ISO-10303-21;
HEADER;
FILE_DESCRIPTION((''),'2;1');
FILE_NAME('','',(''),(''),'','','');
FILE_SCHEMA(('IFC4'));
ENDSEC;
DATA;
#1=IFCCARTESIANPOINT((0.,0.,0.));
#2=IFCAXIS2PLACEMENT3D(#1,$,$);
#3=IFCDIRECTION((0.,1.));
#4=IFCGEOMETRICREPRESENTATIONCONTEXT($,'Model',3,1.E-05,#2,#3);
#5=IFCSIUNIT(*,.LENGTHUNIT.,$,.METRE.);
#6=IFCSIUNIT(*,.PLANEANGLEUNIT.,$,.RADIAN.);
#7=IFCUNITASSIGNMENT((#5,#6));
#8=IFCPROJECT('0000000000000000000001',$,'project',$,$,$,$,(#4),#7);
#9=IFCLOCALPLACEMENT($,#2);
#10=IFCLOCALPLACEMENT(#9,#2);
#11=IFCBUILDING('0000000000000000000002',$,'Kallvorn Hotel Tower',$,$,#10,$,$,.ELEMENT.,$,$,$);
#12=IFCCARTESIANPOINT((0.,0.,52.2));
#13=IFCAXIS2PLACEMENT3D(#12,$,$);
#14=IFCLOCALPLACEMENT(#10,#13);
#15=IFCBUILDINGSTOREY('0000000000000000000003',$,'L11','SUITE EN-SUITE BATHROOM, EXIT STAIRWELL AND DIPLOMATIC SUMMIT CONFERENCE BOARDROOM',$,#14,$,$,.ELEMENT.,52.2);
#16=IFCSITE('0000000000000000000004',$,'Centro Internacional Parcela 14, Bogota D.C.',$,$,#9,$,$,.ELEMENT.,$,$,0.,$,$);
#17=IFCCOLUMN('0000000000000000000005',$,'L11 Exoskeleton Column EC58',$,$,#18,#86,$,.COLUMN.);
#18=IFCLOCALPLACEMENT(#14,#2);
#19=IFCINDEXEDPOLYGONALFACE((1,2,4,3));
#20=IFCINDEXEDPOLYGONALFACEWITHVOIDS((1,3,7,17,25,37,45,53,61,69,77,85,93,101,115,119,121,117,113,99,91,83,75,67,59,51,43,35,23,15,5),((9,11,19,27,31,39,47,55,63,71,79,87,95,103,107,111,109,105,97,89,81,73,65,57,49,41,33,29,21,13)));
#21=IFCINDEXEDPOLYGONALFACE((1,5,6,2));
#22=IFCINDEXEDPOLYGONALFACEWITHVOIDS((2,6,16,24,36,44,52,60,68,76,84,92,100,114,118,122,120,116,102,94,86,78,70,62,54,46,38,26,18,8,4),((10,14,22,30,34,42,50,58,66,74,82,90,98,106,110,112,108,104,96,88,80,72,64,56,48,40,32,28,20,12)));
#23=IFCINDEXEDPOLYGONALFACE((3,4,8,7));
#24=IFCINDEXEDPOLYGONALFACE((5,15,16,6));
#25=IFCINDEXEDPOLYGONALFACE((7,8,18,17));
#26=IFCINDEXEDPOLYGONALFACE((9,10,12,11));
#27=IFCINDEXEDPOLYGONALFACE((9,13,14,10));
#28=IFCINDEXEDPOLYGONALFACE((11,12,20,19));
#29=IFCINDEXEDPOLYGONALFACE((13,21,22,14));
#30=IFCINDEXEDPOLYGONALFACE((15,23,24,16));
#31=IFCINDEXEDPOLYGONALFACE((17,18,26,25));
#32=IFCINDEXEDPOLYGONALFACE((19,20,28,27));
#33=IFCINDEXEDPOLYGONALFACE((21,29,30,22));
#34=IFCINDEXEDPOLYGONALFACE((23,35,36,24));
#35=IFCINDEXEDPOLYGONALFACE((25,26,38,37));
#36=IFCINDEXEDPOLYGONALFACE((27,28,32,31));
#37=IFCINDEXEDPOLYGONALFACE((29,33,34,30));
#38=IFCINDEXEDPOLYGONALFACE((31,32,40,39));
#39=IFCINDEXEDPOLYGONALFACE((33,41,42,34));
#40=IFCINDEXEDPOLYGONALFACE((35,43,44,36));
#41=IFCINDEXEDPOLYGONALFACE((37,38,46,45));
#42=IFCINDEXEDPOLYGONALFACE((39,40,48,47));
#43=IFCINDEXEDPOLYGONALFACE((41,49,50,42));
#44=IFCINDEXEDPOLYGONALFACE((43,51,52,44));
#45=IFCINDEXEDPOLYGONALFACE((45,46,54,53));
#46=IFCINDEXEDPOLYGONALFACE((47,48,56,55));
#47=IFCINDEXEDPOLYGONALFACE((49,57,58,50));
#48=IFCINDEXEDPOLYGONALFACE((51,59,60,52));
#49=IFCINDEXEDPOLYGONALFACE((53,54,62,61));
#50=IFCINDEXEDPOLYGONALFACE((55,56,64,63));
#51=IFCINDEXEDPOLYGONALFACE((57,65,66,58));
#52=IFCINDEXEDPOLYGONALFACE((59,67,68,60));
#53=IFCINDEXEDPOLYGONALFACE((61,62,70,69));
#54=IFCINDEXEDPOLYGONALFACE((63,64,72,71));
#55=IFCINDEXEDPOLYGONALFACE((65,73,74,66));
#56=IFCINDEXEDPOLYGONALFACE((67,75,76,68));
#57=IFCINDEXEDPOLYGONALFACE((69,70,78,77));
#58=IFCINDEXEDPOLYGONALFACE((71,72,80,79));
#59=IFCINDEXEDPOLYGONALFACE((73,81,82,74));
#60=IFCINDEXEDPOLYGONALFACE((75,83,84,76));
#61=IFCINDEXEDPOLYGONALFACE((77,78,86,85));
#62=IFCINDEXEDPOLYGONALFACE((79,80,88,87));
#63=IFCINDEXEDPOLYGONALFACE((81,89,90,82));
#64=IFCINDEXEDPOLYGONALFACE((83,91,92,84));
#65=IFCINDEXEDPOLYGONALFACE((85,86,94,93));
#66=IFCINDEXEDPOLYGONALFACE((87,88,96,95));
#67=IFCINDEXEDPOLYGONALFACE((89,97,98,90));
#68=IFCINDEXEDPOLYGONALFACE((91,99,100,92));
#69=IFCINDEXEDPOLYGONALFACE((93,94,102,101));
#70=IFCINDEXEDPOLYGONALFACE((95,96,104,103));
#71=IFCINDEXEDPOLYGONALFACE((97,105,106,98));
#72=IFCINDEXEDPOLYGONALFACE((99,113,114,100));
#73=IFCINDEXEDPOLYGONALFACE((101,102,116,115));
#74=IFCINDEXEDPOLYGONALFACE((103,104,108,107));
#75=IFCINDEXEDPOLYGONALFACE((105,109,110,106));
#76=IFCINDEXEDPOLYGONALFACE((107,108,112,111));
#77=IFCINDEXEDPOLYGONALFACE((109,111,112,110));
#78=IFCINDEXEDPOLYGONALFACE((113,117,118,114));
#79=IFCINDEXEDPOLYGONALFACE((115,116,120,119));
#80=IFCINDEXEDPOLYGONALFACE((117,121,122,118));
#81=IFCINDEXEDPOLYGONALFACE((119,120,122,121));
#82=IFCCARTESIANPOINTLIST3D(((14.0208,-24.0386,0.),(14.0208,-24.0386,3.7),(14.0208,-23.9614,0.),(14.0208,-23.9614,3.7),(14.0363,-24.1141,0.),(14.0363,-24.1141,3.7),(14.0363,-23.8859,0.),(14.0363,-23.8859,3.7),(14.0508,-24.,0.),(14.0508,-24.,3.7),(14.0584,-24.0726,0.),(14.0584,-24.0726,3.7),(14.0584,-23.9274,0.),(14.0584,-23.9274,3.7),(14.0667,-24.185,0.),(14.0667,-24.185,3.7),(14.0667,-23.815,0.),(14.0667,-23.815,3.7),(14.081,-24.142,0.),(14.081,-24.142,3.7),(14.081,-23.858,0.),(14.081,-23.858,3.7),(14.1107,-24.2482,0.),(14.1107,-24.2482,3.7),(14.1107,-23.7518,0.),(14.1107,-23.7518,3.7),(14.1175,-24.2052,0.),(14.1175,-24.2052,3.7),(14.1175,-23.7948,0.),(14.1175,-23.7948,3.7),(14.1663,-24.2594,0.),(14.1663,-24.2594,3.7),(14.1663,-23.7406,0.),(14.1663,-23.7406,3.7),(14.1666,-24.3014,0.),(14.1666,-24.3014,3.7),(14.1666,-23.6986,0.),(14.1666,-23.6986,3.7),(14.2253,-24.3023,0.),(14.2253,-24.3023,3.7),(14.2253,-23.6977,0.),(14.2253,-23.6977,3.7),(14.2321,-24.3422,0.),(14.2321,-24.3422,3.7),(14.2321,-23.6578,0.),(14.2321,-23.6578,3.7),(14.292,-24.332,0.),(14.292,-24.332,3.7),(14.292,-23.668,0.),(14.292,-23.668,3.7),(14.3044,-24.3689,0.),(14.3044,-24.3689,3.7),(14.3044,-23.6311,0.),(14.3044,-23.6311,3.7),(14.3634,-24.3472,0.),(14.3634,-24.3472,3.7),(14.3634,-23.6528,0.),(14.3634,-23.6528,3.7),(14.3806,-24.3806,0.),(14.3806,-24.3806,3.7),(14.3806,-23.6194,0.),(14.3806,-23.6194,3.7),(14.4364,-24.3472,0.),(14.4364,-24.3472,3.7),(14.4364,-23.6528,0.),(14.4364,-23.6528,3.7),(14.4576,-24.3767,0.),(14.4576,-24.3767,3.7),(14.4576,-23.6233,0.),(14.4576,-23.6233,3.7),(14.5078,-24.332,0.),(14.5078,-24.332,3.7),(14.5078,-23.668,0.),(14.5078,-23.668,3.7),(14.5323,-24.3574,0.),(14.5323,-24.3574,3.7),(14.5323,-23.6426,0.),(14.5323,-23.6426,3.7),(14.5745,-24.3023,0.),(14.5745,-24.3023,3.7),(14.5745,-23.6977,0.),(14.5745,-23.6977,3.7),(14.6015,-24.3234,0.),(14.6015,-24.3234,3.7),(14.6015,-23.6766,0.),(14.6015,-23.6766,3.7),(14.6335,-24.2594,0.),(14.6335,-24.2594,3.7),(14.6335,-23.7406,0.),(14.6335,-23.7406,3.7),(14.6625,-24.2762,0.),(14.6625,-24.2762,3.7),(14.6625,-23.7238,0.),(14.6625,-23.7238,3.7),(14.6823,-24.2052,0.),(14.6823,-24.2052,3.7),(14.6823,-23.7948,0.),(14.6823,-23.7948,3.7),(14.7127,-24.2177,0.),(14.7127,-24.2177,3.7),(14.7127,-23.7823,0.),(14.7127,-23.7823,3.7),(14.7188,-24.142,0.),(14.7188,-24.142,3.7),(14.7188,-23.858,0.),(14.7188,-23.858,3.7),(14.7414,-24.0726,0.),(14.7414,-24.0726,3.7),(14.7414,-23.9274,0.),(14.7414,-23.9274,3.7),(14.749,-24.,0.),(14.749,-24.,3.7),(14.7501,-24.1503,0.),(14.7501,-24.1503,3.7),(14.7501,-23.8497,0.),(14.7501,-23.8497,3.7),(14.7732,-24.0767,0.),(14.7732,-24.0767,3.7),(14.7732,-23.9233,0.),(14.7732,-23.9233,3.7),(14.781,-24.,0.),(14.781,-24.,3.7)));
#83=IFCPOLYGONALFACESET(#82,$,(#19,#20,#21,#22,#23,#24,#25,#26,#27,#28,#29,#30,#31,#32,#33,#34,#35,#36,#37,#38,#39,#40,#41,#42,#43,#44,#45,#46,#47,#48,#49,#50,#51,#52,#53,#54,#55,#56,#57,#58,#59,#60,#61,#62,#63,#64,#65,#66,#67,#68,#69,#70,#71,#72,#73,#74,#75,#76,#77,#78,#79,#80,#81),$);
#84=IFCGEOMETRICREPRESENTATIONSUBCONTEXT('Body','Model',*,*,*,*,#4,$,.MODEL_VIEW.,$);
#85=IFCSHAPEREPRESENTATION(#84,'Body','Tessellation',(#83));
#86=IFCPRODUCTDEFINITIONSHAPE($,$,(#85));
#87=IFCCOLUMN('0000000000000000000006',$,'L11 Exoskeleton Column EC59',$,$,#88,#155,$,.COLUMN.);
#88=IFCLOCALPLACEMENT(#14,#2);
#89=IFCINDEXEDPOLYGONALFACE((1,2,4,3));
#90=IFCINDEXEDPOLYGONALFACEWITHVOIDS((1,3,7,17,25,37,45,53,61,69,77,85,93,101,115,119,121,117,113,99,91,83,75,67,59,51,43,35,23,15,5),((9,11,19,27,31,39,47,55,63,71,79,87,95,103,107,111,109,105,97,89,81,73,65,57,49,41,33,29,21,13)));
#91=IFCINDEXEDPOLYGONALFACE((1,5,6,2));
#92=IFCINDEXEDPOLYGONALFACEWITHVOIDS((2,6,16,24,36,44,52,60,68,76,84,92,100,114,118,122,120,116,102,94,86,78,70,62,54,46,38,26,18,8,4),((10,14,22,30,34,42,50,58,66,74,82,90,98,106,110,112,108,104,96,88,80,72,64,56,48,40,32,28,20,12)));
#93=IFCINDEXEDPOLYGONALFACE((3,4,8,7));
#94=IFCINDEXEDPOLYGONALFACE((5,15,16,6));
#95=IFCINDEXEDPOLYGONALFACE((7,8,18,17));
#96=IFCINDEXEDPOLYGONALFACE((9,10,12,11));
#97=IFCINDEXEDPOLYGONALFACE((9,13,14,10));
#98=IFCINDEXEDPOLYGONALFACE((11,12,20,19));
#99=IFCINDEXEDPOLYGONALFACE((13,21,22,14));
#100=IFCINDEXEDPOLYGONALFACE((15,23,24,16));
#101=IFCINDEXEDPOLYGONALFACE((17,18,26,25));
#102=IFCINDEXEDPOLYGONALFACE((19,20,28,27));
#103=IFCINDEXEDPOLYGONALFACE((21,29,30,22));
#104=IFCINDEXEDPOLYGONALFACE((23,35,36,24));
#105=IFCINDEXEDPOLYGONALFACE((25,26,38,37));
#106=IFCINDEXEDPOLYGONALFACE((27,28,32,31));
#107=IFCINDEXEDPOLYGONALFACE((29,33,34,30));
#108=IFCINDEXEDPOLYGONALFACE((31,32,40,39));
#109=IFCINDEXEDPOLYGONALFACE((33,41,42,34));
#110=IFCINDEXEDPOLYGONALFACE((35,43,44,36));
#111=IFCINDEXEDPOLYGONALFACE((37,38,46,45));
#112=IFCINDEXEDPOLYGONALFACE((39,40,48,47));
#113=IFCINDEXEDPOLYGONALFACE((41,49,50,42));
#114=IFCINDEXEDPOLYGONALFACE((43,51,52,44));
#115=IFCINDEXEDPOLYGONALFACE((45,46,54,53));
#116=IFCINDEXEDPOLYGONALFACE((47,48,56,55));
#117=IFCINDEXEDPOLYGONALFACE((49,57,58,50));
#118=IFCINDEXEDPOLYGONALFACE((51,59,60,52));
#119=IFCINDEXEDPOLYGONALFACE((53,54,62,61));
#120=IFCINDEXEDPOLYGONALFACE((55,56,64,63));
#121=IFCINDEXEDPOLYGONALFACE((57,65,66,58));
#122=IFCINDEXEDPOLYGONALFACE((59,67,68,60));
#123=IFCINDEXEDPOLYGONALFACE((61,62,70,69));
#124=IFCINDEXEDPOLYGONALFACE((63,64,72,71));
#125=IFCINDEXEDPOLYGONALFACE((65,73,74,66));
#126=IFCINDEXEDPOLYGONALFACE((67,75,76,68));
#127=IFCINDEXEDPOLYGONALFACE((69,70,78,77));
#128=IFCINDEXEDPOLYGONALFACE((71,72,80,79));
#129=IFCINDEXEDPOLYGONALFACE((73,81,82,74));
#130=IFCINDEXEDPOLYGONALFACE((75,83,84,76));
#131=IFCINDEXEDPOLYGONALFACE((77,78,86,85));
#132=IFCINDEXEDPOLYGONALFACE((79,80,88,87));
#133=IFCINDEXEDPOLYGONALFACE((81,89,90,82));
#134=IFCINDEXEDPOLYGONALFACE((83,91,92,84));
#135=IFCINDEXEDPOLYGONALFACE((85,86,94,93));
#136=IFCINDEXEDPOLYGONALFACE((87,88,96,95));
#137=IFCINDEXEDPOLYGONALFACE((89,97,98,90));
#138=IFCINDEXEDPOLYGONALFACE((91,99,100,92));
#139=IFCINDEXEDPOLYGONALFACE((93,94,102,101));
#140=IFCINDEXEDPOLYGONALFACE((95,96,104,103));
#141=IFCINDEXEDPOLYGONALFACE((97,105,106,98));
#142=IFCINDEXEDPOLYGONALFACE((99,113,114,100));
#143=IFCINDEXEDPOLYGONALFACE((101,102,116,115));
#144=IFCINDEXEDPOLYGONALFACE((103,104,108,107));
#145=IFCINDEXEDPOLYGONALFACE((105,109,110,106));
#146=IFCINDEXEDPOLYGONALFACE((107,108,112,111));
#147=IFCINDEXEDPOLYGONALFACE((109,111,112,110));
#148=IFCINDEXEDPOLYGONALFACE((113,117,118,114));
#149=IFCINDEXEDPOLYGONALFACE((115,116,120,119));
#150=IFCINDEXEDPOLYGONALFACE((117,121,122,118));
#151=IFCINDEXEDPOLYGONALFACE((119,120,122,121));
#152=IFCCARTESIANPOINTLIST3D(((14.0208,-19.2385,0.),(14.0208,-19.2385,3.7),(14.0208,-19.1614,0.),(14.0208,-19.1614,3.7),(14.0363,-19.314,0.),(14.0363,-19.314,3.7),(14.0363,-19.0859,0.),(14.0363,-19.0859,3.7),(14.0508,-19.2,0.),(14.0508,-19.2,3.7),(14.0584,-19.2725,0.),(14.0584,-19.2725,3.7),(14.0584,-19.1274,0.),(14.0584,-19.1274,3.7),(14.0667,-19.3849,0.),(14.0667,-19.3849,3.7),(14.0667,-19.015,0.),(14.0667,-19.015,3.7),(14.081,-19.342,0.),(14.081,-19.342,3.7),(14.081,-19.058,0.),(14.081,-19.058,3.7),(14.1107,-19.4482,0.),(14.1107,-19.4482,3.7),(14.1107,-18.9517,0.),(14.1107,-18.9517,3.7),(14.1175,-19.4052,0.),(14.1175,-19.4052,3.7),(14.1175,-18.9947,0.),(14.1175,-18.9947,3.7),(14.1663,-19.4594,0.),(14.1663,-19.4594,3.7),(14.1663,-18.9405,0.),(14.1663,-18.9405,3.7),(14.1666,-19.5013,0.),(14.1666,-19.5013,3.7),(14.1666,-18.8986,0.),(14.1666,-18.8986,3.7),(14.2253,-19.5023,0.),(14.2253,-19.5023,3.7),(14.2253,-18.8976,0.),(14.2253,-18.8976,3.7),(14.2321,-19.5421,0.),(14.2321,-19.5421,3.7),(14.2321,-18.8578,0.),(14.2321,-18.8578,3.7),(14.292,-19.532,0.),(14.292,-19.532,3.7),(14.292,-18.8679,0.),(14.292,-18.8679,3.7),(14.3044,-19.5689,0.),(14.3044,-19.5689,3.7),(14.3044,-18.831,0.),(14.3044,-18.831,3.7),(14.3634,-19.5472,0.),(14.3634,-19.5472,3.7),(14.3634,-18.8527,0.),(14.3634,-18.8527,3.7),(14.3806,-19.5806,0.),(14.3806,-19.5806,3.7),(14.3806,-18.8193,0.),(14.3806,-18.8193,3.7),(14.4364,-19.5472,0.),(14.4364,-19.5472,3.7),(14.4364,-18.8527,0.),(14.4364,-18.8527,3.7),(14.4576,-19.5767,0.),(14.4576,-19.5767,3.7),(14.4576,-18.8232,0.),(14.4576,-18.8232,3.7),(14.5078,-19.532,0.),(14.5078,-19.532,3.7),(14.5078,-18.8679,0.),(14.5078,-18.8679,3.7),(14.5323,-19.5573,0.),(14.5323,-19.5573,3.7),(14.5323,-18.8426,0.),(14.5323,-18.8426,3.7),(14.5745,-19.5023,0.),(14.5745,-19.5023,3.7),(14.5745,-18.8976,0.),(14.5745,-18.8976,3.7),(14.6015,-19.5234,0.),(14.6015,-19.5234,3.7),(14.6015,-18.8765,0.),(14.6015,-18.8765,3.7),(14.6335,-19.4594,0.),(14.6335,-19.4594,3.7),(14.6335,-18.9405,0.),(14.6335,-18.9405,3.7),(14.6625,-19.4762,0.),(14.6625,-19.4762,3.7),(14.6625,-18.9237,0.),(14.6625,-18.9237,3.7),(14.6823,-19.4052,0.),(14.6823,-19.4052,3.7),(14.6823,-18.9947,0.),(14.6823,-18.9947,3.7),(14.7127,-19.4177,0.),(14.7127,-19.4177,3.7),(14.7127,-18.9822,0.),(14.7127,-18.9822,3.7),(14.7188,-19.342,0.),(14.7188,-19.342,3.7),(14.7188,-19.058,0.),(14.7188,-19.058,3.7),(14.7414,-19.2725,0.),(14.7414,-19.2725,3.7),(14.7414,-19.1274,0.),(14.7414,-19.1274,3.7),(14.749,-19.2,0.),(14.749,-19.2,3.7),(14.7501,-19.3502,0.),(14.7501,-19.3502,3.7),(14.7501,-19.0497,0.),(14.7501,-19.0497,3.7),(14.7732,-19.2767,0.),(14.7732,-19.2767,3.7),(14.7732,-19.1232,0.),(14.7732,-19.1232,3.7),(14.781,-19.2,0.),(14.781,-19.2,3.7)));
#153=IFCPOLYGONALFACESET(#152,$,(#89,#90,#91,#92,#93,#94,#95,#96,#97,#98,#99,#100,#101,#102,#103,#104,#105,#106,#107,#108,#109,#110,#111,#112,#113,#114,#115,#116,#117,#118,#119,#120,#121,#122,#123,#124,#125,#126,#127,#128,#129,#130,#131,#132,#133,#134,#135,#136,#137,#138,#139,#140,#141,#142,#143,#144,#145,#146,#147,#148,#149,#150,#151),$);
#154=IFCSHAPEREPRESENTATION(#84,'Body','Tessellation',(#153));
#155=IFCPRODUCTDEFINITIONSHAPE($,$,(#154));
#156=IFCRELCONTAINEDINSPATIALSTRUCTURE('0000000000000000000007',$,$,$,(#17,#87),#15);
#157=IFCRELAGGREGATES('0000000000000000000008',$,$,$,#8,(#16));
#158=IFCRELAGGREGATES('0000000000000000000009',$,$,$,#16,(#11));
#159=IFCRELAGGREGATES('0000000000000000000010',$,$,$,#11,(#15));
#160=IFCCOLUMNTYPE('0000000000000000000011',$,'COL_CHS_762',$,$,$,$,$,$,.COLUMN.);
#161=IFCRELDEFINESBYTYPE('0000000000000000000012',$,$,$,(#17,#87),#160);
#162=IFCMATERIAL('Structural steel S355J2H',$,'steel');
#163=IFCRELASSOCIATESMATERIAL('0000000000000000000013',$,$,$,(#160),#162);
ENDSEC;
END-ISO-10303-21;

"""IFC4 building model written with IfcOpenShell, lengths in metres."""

from ifc_helpers import new_model, si_unit, direction, frame, origin, origin_2d, place, context, subcontext, project, spatial, hollow_circle, extrude, material, material_profile, profile_set, type_object, element, save


model = new_model("IFC4")

# Units and contexts
model_context = context("Model", 3, precision=1e-05, world=origin(), true_north=direction((0.0, 1.0)))
body_context = subcontext(model_context, "Body", "Model", "MODEL_VIEW")
ifc_project = project(units=[si_unit("LENGTHUNIT", "METRE"), si_unit("PLANEANGLEUNIT", "RADIAN")], contexts=[model_context])

# Site, building, storey
site_placement = place(None, origin())
site = spatial("IfcSite", under=ifc_project, at=site_placement, Name="Centro Internacional Parcela 14, Bogota D.C.", CompositionType="ELEMENT", RefElevation=0.0)
building_placement = place(site_placement, origin())
building = spatial("IfcBuilding", under=site, at=building_placement, Name="Kallvorn Hotel Tower", CompositionType="ELEMENT")
storey_placement = place(building_placement, frame((0.0, 0.0, 52.2)))
storey = spatial("IfcBuildingStorey", under=building, at=storey_placement, Name="L11", Description="SUITE EN-SUITE BATHROOM, EXIT STAIRWELL AND DIPLOMATIC SUMMIT CONFERENCE BOARDROOM", CompositionType="ELEMENT", Elevation=52.2)

# Columns
ifc_material_1 = material(Name="Structural steel S355J2H", Category="steel")
ifc_material_profile_1 = material_profile(ifc_material_1, hollow_circle(Radius=0.3811, WallThickness=0.032, at=origin_2d()), Name="CHS 762x32")
ifc_profile_set_1 = profile_set([ifc_material_profile_1], Name="Structural steel S355J2H")
column_type_1 = type_object("IfcColumnType", Name="COL_CHS_762", PredefinedType="COLUMN", material=ifc_profile_set_1)
for number, where, z_axis, x_axis, name in (
    (1, (14.3999, -24.0, 0.0), (0.0, 0.0, 1.0), (1.0, 0.0, 0.0), "L11 Exoskeleton Column EC58"),
    (2, (14.3999, -19.2, 0.0), (0.0, 0.0, 1.0), (1.0, 0.0, 0.0), "L11 Exoskeleton Column EC59"),
):
    element("IfcColumn", number, at=place(storey_placement, frame(where, z_axis=z_axis, x_axis=x_axis)), inside=storey, type_object=column_type_1, Name=name, PredefinedType="COLUMN", context=body_context, shape_type="SweptSolid", body=[
        extrude(hollow_circle(Radius=0.3811, WallThickness=0.032, at=origin_2d()), origin(), (0.0, 0.0, 1.0), 3.7),
    ])

save(model, "model.ifc")
